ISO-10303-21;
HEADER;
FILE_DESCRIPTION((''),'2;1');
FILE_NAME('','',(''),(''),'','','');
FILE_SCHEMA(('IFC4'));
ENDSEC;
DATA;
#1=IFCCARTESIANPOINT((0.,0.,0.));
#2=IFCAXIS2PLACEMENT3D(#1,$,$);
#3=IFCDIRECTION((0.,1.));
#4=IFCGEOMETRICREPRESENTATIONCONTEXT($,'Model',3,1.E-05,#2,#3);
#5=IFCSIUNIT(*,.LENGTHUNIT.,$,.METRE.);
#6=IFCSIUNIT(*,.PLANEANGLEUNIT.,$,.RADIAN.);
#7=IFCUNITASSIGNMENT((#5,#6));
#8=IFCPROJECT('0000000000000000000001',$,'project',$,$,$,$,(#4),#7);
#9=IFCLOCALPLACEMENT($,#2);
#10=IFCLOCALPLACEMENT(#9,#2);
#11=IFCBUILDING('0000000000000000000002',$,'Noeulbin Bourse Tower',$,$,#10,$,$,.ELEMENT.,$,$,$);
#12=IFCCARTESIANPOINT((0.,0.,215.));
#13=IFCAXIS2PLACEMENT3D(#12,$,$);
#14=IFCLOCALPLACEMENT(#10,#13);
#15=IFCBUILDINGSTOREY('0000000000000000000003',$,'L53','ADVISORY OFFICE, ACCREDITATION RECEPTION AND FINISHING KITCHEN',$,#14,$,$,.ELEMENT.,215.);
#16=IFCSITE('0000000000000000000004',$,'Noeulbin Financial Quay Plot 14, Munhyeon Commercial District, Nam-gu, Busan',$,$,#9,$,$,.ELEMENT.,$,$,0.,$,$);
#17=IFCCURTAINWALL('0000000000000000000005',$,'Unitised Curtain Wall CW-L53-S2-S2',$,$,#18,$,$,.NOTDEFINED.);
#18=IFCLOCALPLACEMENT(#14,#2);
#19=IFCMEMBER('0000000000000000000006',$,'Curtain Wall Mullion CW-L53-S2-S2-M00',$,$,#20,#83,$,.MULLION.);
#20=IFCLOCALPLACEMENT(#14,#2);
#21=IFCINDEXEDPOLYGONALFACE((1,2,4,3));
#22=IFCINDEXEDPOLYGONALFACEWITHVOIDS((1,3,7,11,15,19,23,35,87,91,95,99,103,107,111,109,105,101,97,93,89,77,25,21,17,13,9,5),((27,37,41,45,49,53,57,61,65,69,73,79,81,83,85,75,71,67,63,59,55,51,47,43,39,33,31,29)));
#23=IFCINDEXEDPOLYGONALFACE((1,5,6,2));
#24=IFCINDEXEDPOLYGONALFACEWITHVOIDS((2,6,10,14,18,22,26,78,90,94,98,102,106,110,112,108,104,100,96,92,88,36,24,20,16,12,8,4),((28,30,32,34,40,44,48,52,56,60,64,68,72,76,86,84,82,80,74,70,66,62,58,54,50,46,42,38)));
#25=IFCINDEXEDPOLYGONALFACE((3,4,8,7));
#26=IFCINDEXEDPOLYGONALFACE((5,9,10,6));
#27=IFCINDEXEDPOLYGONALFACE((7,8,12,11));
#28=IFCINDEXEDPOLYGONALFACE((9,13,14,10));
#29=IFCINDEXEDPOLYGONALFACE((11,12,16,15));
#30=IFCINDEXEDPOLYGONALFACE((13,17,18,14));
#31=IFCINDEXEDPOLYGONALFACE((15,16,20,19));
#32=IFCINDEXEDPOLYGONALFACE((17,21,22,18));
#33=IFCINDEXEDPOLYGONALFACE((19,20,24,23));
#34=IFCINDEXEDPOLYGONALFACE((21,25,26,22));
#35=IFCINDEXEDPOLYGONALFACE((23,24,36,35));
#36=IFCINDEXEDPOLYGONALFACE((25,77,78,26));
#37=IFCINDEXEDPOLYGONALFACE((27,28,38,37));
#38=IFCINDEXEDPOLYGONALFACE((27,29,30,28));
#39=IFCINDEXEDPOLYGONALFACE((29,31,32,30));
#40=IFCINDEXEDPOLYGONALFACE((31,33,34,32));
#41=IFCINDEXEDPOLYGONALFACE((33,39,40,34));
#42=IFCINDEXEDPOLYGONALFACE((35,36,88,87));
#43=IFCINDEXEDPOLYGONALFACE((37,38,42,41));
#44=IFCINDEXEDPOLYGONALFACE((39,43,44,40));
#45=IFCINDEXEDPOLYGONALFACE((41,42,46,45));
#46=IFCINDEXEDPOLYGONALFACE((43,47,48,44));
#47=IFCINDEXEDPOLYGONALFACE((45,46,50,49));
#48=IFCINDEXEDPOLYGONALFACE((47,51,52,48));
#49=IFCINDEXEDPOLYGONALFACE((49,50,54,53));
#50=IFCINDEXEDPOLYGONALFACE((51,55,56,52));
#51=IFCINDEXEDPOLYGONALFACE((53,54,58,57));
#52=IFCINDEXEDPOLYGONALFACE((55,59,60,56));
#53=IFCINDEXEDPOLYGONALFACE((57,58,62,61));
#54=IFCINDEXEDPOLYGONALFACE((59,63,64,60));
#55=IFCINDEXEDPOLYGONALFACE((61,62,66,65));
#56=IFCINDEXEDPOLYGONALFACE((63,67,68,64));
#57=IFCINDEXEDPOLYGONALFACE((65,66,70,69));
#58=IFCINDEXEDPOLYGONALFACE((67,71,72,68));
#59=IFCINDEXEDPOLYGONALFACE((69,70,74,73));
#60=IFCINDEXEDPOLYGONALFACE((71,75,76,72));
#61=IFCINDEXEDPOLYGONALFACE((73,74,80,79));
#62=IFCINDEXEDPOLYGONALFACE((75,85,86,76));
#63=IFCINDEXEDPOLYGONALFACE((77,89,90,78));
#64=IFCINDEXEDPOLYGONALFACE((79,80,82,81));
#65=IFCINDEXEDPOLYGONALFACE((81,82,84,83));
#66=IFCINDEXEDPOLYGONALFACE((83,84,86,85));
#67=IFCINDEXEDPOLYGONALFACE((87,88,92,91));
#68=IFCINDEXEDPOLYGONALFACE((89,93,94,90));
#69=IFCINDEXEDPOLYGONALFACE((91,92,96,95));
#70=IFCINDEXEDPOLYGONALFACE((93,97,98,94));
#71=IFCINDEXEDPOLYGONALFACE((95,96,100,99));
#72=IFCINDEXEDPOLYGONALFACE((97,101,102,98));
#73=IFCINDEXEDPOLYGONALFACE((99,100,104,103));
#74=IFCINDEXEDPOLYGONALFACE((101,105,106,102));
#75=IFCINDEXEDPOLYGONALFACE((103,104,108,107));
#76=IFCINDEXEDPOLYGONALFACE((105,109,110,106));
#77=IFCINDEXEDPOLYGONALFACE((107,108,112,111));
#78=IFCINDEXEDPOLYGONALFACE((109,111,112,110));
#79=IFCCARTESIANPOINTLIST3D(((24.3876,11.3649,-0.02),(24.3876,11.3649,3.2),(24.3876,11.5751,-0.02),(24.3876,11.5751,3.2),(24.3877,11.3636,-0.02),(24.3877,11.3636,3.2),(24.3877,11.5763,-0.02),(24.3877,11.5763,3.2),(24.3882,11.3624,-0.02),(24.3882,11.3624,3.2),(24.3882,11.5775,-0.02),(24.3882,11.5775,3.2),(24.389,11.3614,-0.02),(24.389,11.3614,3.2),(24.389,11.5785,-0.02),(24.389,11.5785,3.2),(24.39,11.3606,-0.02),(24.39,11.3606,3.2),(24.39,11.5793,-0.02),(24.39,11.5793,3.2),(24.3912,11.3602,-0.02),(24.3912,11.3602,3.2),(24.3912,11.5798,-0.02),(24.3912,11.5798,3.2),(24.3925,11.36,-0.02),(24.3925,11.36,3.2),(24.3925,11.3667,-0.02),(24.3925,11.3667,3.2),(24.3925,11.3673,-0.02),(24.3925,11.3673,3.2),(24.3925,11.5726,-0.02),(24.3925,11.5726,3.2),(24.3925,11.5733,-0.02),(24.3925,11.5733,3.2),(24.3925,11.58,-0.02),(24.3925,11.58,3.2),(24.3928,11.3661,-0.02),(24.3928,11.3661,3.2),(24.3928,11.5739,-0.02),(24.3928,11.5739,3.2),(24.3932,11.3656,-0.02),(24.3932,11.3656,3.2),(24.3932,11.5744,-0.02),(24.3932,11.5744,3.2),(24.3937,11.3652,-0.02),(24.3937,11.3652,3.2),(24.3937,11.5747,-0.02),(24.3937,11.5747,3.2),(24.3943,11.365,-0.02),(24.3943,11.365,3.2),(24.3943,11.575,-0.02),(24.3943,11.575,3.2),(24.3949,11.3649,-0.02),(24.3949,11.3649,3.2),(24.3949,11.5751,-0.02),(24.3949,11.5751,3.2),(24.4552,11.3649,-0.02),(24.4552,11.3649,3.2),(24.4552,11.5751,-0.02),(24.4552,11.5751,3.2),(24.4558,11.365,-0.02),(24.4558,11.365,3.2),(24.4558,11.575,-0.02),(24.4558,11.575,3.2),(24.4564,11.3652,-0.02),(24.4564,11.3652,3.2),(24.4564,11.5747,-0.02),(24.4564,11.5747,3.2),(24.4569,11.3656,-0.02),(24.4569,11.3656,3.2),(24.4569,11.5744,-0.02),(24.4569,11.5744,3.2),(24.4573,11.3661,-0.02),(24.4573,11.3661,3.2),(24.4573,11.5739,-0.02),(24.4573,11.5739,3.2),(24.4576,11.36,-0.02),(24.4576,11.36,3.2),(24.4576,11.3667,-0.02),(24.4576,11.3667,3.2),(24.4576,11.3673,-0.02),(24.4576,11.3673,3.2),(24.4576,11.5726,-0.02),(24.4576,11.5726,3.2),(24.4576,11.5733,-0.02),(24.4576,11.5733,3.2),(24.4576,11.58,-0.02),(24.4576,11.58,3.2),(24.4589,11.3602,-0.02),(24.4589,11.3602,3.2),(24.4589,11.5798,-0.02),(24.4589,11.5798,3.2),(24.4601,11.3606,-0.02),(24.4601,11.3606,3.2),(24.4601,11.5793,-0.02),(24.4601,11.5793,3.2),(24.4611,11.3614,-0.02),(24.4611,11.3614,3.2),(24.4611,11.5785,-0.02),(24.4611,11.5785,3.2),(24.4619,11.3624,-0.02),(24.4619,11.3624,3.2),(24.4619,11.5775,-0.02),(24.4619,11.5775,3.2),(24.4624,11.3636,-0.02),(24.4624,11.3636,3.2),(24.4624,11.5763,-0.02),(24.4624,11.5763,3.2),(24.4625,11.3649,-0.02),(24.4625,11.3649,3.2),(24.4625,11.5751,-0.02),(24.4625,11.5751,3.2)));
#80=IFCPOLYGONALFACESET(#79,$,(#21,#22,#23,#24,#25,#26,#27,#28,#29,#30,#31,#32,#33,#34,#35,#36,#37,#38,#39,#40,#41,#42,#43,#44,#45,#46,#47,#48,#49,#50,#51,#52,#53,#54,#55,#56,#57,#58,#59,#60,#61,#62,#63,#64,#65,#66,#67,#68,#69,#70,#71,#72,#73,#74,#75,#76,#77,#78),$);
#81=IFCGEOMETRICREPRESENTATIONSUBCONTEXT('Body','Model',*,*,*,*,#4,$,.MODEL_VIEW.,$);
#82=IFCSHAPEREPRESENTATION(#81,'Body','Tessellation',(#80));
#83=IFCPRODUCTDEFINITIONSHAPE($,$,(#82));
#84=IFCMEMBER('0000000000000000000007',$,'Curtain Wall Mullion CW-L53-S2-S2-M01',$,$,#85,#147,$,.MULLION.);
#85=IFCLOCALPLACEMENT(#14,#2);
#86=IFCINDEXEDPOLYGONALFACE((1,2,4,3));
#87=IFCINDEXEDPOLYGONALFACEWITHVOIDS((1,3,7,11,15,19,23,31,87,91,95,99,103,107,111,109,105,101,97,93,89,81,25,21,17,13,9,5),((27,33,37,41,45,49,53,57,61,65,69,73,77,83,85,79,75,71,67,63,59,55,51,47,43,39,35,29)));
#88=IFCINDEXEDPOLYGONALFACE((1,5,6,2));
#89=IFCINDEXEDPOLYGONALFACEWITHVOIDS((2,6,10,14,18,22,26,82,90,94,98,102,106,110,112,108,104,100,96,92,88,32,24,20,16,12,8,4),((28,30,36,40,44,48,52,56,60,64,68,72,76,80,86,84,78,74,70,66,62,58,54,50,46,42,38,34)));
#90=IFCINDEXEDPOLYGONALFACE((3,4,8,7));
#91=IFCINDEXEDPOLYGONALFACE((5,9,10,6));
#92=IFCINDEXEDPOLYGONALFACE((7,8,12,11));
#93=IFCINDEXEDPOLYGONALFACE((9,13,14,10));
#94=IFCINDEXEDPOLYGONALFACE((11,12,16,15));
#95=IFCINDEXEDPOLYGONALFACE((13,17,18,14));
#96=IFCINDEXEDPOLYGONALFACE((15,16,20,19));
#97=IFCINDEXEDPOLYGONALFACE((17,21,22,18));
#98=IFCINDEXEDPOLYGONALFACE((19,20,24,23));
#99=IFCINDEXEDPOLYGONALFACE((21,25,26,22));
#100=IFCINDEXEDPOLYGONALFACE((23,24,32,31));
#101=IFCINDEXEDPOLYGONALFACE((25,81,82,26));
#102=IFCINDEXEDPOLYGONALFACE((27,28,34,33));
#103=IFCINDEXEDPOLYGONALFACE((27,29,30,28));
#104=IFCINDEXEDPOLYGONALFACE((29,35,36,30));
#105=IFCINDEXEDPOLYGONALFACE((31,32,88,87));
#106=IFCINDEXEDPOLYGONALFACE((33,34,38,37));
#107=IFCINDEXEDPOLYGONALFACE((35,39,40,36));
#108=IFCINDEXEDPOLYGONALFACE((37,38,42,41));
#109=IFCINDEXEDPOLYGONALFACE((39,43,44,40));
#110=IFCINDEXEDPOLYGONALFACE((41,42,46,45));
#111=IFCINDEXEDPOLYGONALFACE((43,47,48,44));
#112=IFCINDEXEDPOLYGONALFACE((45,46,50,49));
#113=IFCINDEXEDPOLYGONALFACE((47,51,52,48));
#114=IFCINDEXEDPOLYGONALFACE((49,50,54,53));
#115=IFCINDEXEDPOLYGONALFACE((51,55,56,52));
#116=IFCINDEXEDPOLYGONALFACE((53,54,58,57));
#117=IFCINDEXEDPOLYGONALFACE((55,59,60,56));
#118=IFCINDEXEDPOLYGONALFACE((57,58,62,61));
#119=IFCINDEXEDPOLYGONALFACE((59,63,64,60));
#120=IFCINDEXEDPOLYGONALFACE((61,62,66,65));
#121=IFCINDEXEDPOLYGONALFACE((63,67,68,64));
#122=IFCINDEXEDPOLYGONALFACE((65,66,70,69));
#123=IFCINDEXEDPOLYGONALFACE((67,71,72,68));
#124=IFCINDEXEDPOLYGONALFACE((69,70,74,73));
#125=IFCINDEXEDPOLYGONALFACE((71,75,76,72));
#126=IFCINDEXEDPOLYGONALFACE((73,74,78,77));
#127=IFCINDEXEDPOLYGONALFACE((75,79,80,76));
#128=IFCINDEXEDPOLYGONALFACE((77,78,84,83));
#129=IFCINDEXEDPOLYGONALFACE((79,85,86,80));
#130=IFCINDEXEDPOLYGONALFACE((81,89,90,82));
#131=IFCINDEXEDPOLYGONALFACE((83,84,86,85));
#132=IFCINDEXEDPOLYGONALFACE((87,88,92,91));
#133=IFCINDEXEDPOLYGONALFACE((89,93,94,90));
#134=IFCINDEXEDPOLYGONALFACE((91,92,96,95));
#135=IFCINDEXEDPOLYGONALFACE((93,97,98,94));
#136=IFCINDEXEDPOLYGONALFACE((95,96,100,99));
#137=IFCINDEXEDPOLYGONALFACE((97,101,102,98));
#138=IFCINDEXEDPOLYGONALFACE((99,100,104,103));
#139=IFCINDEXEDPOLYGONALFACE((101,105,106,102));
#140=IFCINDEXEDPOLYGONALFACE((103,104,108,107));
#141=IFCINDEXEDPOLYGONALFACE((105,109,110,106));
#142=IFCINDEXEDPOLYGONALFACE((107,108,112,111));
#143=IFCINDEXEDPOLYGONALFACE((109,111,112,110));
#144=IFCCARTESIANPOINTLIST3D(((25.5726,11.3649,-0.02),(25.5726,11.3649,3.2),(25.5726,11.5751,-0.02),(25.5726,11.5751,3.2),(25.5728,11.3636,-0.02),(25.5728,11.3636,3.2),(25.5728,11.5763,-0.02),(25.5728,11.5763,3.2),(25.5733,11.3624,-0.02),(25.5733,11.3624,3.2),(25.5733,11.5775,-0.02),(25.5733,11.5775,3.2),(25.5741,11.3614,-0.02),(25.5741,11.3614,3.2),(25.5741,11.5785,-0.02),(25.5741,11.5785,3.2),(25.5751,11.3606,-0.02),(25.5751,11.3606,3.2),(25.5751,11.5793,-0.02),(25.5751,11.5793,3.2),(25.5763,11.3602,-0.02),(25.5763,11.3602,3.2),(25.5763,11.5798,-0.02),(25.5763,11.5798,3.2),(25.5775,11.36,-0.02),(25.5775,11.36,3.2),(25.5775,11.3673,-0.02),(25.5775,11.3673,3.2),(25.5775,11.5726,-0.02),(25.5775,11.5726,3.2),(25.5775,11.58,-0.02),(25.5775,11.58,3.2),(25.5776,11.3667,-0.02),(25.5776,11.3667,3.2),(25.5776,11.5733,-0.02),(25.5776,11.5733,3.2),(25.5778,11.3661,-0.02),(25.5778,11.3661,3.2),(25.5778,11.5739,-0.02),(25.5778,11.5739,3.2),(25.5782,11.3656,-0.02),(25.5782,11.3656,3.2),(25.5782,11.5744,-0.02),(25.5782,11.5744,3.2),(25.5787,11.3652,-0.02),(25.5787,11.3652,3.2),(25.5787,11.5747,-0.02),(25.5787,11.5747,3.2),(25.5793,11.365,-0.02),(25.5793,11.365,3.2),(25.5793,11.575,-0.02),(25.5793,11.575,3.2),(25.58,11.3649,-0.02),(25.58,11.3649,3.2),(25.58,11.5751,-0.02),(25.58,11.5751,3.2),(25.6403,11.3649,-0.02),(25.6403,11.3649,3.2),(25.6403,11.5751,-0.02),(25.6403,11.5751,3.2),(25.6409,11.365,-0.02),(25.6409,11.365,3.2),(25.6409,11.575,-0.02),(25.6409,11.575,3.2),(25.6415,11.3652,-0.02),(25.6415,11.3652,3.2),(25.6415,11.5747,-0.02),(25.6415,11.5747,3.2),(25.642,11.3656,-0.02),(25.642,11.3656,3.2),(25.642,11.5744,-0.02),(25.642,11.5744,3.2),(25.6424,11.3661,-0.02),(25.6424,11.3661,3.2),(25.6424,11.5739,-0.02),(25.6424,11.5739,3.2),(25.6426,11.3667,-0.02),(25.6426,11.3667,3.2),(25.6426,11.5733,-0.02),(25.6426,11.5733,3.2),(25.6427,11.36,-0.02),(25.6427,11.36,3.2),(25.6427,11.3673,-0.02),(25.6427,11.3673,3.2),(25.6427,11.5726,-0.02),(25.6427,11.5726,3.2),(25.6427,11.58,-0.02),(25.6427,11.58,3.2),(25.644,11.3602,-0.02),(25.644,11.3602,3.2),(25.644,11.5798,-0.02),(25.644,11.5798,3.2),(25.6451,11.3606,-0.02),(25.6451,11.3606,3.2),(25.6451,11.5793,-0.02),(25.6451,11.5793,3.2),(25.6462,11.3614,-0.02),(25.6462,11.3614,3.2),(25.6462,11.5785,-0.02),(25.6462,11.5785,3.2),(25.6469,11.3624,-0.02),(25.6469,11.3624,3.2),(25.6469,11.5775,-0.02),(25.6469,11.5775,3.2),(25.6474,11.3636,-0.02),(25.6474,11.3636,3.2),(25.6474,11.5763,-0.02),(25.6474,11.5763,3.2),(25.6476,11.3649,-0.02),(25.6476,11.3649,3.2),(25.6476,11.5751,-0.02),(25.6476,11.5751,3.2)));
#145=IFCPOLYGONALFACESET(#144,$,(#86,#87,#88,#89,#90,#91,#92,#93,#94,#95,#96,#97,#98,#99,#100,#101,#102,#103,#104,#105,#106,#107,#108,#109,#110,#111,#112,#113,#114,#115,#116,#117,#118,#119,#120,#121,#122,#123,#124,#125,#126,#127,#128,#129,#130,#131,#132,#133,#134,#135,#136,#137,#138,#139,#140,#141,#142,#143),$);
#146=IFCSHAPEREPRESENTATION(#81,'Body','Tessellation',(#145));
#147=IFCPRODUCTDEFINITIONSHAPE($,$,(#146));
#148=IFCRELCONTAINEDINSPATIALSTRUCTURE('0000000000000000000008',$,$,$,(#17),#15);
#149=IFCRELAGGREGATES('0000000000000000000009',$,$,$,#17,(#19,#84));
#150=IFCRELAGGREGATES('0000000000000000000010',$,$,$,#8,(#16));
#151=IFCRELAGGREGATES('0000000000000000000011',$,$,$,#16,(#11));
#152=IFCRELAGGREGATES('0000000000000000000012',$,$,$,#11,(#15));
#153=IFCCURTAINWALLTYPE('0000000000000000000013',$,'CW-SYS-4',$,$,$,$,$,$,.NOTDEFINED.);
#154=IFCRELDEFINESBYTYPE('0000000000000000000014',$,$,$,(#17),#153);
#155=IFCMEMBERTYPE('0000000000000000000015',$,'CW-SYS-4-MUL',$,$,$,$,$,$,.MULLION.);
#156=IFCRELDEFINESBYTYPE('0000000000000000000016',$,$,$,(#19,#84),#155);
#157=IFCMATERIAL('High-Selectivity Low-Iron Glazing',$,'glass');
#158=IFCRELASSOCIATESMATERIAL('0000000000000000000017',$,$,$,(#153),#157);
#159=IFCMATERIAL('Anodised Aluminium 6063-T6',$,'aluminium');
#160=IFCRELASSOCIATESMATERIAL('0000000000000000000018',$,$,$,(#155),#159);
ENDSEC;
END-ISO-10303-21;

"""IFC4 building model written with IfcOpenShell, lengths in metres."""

from ifc_helpers import new_model, si_unit, direction, frame, origin, origin_2d, place, context, subcontext, project, spatial, hollow_rectangle, extrude, material, material_profile, profile_set, type_object, element, aggregate, save


model = new_model("IFC4")

# Units and contexts
model_context = context("Model", 3, precision=1e-05, world=origin(), true_north=direction((0.0, 1.0)))
body_context = subcontext(model_context, "Body", "Model", "MODEL_VIEW")
ifc_project = project(units=[si_unit("LENGTHUNIT", "METRE"), si_unit("PLANEANGLEUNIT", "RADIAN")], contexts=[model_context])

# Site, building, storey
site_placement = place(None, origin())
site = spatial("IfcSite", under=ifc_project, at=site_placement, Name="Noeulbin Financial Quay Plot 14, Munhyeon Commercial District, Nam-gu, Busan", CompositionType="ELEMENT", RefElevation=0.0)
building_placement = place(site_placement, origin())
building = spatial("IfcBuilding", under=site, at=building_placement, Name="Noeulbin Bourse Tower", CompositionType="ELEMENT")
storey_placement = place(building_placement, frame((0.0, 0.0, 215.0)))
storey = spatial("IfcBuildingStorey", under=building, at=storey_placement, Name="L53", Description="ADVISORY OFFICE, ACCREDITATION RECEPTION AND FINISHING KITCHEN", CompositionType="ELEMENT", Elevation=215.0)

# Curtain wall, members
ifc_material_1 = material(Name="High-Selectivity Low-Iron Glazing", Category="glass")
curtain_wall_type = type_object("IfcCurtainWallType", Name="CW-SYS-4", PredefinedType="NOTDEFINED", material=ifc_material_1)
ifc_material_2 = material(Name="Anodised Aluminium 6063-T6", Category="aluminium")
ifc_material_profile_1 = material_profile(ifc_material_2, hollow_rectangle(XDim=0.075, YDim=0.22, WallThickness=0.0049, InnerFilletRadius=0.0024, OuterFilletRadius=0.0049, at=origin_2d()), Name="ALU-MULL-75x220x5", Category="LoadBearing")
ifc_profile_set_1 = profile_set([ifc_material_profile_1], Name="Anodised Aluminium 6063-T6")
member_type_1 = type_object("IfcMemberType", Name="CW-SYS-4-MUL", PredefinedType="MULLION", material=ifc_profile_set_1)
curtain_wall_1_placement = place(storey_placement, origin())
curtain_wall_1 = element("IfcCurtainWall", 1, at=curtain_wall_1_placement, inside=storey, type_object=curtain_wall_type, Name="Unitised Curtain Wall CW-L53-S2-S2", PredefinedType="NOTDEFINED")
member_1_placement = place(storey_placement, frame((24.425, 11.47, -0.02), z_axis=(0.0, 0.0, 1.0), x_axis=(1.0, 0.0, 0.0)))
member_1 = element("IfcMember", 2, at=member_1_placement, type_object=member_type_1, Name="Curtain Wall Mullion CW-L53-S2-S2-M00", PredefinedType="MULLION", context=body_context, shape_type="SweptSolid", body=[
    extrude(hollow_rectangle(XDim=0.075, YDim=0.22, WallThickness=0.0049, InnerFilletRadius=0.0024, OuterFilletRadius=0.0049, at=origin_2d()), origin(), (0.0, 0.0, 1.0), 3.22),
])
member_2_placement = place(storey_placement, frame((25.6101, 11.47, -0.02), z_axis=(0.0, 0.0, 1.0), x_axis=(1.0, 0.0, 0.0)))
member_2 = element("IfcMember", 3, at=member_2_placement, type_object=member_type_1, Name="Curtain Wall Mullion CW-L53-S2-S2-M01", PredefinedType="MULLION", context=body_context, shape_type="SweptSolid", body=[
    extrude(hollow_rectangle(XDim=0.075, YDim=0.22, WallThickness=0.0049, InnerFilletRadius=0.0024, OuterFilletRadius=0.0049, at=origin_2d()), origin(), (0.0, 0.0, 1.0), 3.22),
])

aggregate(curtain_wall_1, [member_1, member_2])

save(model, "model.ifc")
